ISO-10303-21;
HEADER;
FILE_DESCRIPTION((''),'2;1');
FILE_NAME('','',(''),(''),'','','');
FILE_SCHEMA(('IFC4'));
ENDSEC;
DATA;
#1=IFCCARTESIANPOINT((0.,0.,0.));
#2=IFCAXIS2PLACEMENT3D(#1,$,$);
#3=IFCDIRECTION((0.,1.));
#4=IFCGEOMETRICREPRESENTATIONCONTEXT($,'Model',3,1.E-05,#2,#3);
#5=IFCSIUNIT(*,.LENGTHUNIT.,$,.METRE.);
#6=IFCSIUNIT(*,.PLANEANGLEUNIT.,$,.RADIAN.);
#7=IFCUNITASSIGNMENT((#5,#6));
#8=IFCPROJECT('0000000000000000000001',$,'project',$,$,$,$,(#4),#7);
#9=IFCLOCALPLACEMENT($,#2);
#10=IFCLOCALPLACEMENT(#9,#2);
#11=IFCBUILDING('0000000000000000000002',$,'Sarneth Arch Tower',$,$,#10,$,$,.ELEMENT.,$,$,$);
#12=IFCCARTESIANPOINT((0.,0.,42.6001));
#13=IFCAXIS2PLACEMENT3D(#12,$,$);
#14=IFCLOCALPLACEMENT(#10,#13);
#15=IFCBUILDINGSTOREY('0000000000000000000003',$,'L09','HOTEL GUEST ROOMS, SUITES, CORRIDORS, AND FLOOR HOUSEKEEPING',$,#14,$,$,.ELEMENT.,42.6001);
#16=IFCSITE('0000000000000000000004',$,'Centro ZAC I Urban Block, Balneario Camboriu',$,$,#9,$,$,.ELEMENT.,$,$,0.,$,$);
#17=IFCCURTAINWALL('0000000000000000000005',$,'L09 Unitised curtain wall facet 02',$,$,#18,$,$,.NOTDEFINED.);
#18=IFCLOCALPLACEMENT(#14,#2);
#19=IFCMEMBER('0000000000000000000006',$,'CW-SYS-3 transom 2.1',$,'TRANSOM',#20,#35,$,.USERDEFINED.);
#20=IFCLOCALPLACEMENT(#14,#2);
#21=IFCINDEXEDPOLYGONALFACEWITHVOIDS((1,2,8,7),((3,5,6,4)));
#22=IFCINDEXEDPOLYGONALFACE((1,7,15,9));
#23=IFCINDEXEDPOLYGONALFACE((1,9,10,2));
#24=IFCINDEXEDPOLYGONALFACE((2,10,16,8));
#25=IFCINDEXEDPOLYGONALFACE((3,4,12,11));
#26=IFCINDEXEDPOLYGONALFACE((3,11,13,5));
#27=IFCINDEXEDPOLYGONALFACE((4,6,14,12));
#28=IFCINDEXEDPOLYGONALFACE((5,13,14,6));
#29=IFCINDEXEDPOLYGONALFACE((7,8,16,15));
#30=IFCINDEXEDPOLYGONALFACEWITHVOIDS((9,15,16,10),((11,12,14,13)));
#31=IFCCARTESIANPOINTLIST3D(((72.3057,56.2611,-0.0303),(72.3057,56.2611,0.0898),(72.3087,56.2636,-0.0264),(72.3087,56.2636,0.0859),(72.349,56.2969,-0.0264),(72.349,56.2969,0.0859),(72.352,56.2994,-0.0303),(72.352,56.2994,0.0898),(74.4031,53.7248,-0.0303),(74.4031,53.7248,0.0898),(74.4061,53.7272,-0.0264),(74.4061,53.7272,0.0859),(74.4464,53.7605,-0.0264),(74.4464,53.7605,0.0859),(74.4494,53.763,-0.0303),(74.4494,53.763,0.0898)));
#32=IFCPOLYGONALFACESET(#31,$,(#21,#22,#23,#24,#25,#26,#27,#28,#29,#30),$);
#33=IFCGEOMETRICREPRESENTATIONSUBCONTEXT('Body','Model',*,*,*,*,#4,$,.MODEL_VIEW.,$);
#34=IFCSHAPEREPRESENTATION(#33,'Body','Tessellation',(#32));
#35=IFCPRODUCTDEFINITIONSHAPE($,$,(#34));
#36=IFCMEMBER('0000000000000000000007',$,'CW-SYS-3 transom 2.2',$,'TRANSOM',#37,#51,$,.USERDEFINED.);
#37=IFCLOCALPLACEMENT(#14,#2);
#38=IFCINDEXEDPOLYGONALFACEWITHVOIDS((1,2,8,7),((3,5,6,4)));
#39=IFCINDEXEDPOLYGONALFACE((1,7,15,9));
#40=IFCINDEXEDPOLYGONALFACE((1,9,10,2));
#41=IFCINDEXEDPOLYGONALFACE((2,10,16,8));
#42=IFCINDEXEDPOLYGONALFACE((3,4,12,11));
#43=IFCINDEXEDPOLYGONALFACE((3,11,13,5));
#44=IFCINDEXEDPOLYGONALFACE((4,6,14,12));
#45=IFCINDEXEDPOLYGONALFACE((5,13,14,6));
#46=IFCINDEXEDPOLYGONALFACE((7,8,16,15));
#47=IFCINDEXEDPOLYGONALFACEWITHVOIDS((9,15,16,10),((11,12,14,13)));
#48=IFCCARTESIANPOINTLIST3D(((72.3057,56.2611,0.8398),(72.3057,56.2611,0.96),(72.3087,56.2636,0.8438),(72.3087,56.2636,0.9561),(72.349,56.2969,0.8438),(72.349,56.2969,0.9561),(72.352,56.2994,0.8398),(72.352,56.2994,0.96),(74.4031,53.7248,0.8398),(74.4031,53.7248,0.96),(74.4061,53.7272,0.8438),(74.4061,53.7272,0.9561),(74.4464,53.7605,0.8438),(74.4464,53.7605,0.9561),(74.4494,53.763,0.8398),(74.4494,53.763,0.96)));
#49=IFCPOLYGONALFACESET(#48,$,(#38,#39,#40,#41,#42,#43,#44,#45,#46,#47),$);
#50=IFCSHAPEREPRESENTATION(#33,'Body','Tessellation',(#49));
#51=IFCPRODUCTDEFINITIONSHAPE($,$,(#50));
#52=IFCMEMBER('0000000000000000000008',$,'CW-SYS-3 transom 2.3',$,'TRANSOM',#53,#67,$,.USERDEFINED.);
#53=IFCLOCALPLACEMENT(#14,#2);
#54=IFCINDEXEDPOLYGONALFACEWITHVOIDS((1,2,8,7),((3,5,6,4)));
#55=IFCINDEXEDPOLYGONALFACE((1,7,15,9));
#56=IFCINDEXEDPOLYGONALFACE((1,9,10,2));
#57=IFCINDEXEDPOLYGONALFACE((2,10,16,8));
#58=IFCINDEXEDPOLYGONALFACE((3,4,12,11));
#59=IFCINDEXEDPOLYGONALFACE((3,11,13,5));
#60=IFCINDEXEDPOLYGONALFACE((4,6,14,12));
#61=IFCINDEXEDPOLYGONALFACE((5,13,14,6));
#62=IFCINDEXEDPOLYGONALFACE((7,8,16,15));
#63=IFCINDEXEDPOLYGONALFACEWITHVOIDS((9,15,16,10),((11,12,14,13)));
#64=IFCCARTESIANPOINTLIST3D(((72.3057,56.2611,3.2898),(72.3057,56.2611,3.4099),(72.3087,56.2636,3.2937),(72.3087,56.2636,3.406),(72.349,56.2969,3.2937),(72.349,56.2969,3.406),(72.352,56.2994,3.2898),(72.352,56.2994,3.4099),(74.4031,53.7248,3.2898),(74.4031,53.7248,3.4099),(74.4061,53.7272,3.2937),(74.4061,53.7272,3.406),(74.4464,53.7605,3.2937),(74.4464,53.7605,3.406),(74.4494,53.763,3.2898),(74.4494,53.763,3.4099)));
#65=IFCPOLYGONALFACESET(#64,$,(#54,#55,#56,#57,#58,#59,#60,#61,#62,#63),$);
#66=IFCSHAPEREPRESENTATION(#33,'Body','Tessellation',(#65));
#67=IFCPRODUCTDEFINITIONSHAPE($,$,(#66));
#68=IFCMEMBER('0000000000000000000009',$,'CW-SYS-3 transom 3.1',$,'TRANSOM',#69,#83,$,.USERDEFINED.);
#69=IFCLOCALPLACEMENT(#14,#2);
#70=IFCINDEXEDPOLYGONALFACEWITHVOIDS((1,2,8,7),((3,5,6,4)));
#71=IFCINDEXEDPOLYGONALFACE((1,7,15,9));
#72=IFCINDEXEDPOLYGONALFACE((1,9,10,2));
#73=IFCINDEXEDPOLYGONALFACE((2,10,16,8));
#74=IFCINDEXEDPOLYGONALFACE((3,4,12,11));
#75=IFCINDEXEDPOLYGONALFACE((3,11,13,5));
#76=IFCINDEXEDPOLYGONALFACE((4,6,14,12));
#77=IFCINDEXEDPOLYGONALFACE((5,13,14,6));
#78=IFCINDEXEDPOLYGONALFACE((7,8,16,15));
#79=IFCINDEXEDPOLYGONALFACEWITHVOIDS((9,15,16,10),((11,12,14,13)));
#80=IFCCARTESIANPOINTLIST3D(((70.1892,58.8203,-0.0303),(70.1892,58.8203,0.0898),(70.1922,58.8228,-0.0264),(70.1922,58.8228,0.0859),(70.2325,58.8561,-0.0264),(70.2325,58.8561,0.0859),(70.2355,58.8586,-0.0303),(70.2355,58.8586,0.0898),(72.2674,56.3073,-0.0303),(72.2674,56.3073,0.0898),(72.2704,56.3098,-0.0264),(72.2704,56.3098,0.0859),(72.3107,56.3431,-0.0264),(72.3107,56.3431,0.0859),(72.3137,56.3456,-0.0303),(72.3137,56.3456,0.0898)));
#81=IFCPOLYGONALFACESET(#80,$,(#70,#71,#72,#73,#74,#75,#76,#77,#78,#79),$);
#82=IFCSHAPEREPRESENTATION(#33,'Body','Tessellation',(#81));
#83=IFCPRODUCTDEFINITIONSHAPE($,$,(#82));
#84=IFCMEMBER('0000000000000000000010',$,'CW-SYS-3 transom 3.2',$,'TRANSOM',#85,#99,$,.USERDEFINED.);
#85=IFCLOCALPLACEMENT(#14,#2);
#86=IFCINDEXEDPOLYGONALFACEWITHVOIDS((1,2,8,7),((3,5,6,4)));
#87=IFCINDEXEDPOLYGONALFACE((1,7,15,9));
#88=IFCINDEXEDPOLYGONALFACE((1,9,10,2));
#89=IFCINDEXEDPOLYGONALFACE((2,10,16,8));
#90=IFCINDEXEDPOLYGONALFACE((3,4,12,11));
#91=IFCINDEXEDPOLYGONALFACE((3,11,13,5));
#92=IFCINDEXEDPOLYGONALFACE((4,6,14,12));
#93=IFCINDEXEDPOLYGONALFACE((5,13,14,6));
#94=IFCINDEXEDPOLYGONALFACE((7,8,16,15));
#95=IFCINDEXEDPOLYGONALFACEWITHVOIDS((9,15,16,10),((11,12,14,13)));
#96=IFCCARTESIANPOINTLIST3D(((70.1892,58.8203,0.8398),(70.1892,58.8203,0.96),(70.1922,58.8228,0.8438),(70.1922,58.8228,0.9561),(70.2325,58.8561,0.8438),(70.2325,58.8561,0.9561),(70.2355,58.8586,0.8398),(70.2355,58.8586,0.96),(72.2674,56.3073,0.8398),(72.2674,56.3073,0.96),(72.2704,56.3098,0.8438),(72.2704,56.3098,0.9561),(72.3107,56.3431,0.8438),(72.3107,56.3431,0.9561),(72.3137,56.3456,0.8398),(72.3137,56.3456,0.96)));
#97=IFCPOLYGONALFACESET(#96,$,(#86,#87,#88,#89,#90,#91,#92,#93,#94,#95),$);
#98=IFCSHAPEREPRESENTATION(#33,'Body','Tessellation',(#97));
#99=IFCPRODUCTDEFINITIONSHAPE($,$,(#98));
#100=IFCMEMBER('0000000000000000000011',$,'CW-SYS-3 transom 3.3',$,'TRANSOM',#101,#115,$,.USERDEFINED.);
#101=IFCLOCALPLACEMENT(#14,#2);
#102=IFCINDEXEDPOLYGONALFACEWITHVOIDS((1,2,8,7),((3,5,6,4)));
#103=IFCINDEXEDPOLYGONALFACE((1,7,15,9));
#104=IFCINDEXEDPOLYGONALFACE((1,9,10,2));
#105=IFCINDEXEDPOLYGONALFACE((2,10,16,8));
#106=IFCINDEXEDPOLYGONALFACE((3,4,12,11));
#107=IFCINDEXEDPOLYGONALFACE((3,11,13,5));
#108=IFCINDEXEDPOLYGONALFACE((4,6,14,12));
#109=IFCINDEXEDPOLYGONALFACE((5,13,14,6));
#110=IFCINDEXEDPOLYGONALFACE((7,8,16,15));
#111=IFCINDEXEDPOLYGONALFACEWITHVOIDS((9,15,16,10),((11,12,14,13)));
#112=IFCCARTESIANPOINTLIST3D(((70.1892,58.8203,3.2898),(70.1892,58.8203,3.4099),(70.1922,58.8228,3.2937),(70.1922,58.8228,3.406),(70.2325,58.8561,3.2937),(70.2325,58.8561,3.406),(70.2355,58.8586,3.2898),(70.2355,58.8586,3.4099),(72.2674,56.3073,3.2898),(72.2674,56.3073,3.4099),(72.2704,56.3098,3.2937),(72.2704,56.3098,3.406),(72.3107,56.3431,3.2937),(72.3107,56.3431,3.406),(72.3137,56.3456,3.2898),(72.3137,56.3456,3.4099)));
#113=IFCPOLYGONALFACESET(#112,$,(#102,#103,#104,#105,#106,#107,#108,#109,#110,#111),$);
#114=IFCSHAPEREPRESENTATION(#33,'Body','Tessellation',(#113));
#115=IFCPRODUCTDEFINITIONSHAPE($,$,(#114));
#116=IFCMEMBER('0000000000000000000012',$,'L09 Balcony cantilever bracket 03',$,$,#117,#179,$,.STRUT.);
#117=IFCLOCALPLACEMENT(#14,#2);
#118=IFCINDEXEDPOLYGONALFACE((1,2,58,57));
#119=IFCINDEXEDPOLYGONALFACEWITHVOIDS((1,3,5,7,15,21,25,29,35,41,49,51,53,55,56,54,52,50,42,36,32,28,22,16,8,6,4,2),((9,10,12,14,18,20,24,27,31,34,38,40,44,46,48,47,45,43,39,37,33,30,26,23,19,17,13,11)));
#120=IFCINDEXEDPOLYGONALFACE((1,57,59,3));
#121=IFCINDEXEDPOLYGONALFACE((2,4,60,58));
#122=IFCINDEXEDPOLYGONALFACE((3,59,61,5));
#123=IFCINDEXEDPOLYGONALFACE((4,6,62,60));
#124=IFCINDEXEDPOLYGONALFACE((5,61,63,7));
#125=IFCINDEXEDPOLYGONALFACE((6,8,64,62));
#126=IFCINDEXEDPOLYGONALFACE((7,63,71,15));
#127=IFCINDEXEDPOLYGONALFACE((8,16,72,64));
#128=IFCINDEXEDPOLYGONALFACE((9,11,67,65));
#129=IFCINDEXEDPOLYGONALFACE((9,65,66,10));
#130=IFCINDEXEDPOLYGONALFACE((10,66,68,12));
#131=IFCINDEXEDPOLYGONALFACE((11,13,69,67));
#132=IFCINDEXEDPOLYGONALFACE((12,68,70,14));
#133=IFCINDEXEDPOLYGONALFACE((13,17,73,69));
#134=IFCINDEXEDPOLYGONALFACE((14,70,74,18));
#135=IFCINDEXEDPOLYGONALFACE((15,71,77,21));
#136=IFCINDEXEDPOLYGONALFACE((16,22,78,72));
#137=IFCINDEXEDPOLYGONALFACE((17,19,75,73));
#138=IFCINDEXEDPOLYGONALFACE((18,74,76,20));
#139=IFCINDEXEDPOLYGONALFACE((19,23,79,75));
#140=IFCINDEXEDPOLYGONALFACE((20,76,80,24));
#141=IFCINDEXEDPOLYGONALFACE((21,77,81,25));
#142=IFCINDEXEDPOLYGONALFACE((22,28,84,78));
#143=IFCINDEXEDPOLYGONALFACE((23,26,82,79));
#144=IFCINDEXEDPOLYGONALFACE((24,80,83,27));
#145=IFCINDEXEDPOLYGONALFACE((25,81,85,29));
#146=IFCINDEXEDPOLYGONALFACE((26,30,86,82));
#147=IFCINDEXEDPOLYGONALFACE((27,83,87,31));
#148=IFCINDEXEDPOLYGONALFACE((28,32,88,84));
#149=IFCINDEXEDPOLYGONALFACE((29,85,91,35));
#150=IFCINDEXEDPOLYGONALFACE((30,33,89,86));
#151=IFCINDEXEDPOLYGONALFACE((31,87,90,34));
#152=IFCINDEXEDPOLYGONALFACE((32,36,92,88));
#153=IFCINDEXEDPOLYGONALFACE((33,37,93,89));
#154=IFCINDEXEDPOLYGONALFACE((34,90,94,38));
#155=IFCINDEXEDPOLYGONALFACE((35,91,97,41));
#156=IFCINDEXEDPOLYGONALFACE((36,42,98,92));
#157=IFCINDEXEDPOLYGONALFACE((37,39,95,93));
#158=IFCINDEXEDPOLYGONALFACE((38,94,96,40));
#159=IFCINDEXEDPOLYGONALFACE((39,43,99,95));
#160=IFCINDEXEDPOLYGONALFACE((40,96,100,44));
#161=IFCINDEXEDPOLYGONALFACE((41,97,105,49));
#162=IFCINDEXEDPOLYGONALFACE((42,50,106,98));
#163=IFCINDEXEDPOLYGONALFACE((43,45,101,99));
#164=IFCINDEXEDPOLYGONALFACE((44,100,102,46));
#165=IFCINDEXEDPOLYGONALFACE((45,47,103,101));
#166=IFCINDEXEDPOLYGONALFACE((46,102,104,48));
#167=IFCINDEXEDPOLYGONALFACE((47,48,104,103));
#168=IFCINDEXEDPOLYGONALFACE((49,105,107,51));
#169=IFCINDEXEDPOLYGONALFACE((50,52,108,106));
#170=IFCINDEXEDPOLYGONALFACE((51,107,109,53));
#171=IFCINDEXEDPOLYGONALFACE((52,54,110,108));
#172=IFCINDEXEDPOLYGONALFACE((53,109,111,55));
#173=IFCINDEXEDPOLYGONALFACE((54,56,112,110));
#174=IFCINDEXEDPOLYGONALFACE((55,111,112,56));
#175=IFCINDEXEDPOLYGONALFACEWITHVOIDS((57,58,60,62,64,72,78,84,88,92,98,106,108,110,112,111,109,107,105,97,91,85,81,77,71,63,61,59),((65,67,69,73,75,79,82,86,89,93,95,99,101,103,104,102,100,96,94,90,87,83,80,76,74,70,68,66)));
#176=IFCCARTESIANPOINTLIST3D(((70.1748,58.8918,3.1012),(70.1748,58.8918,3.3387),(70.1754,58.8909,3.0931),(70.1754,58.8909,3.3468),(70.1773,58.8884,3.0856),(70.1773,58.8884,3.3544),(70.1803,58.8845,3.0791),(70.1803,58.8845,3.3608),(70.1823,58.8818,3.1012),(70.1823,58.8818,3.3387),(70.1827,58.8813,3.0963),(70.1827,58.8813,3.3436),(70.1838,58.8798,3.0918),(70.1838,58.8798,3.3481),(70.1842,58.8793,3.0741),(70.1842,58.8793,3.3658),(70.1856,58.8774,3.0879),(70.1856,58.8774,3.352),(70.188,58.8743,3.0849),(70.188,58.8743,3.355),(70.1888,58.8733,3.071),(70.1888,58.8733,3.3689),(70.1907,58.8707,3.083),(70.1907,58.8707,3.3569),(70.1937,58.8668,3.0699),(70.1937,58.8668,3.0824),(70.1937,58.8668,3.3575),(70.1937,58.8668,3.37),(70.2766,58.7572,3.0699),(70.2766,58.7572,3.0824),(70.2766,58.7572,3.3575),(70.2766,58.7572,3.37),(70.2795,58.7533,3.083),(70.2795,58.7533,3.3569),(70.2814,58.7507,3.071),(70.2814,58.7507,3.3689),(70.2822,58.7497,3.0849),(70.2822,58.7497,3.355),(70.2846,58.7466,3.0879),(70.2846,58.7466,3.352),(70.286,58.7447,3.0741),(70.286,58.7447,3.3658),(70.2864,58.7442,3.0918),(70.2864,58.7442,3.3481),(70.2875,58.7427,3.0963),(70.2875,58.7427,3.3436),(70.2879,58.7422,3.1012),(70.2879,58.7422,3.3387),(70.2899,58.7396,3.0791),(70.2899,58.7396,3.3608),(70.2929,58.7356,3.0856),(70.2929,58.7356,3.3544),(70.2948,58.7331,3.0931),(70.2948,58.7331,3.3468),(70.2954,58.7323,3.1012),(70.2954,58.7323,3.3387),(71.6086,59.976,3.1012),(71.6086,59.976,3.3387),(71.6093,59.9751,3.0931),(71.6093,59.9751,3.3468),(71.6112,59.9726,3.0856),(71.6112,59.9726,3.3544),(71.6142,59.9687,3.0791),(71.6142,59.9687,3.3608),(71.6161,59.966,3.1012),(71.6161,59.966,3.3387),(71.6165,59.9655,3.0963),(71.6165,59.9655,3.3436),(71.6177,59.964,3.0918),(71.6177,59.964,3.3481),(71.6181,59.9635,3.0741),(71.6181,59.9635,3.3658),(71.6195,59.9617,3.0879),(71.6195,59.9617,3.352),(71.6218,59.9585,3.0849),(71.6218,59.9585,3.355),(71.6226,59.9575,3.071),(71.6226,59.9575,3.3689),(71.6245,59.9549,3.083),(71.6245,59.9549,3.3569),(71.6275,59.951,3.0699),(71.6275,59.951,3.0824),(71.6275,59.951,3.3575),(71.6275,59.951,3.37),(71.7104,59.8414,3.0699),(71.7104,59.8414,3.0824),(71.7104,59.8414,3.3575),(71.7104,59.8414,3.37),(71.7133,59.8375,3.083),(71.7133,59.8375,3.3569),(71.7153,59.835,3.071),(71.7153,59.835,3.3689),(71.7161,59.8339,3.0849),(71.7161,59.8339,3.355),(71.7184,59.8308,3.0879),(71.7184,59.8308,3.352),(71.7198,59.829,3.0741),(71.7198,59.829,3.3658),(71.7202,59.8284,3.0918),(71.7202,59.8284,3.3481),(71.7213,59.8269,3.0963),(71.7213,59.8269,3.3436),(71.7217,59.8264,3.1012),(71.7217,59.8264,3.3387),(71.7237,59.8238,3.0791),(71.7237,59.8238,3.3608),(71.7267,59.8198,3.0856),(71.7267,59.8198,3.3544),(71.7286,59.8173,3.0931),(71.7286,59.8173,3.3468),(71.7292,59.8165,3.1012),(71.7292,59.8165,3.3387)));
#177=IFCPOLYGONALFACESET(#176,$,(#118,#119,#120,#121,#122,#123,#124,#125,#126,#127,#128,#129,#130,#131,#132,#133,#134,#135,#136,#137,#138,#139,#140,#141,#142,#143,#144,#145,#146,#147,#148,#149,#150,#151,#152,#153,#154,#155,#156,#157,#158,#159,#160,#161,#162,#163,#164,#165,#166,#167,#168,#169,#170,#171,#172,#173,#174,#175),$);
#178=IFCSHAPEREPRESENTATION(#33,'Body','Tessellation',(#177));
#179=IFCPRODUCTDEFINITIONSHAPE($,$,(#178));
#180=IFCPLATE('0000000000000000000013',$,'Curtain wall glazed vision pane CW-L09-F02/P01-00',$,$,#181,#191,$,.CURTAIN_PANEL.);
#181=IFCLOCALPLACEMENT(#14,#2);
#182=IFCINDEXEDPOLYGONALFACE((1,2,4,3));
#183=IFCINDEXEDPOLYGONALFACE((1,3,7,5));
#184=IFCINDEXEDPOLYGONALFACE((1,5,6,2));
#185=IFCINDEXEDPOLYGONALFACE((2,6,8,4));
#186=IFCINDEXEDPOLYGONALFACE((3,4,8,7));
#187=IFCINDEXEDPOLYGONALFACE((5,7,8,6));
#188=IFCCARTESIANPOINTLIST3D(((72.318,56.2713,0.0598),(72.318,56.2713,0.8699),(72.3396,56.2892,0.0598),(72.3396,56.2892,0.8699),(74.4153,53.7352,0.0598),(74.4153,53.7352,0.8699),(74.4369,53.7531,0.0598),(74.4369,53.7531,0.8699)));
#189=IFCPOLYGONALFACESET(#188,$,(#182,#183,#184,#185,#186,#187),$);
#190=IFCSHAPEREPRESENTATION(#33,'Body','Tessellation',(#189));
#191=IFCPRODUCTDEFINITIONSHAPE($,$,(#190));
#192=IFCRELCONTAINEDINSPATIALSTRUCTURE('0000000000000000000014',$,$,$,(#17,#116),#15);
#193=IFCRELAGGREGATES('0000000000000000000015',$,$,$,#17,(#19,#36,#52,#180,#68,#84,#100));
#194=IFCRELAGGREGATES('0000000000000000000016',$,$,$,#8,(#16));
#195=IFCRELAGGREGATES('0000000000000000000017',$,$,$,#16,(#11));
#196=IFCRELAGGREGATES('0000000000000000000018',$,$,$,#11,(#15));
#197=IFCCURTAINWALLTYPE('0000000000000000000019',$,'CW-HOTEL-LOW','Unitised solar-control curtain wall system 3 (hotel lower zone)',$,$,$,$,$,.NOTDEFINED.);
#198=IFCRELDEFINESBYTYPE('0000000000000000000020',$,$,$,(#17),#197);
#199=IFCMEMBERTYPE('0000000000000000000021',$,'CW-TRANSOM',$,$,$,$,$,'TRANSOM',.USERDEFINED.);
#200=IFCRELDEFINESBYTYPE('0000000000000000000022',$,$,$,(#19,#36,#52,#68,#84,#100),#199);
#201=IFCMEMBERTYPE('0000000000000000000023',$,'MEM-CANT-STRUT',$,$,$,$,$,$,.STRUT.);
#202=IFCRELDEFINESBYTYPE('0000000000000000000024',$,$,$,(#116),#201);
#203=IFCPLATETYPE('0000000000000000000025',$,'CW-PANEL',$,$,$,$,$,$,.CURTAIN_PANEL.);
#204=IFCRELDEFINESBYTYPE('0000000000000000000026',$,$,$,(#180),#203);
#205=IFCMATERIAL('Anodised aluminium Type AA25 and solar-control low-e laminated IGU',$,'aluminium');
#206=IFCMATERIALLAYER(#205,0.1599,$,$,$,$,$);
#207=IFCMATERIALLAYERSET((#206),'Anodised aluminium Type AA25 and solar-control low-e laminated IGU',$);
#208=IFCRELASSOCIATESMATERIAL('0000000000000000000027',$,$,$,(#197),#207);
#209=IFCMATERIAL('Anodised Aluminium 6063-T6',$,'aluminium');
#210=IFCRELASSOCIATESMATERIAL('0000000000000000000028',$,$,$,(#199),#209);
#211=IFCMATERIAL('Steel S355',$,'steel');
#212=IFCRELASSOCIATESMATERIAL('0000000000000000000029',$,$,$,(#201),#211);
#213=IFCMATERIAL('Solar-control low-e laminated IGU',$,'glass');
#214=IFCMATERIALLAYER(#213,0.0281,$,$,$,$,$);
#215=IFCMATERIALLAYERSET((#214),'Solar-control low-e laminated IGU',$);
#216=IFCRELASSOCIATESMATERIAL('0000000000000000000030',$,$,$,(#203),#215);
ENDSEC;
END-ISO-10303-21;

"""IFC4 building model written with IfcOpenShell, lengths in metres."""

from ifc_helpers import new_model, si_unit, direction, frame, origin, origin_2d, place, context, subcontext, project, spatial, rectangle, hollow_rectangle, extrude, material, layer, layer_set, material_profile, profile_set, type_object, element, aggregate, save


model = new_model("IFC4")

# Units and contexts
model_context = context("Model", 3, precision=1e-05, world=origin(), true_north=direction((0.0, 1.0)))
body_context = subcontext(model_context, "Body", "Model", "MODEL_VIEW")
ifc_project = project(units=[si_unit("LENGTHUNIT", "METRE"), si_unit("PLANEANGLEUNIT", "RADIAN")], contexts=[model_context])

# Site, building, storey
site_placement = place(None, origin())
site = spatial("IfcSite", under=ifc_project, at=site_placement, Name="Centro ZAC I Urban Block, Balneario Camboriu", CompositionType="ELEMENT", RefElevation=0.0)
building_placement = place(site_placement, origin())
building = spatial("IfcBuilding", under=site, at=building_placement, Name="Sarneth Arch Tower", CompositionType="ELEMENT")
storey_placement = place(building_placement, frame((0.0, 0.0, 42.6001)))
storey = spatial("IfcBuildingStorey", under=building, at=storey_placement, Name="L09", Description="HOTEL GUEST ROOMS, SUITES, CORRIDORS, AND FLOOR HOUSEKEEPING", CompositionType="ELEMENT", Elevation=42.6001)

# Curtain wall, members
ifc_material_1 = material(Name="Anodised aluminium Type AA25 and solar-control low-e laminated IGU", Category="aluminium")
ifc_layer_1 = layer(ifc_material_1, 0.1599)
ifc_layer_set_1 = layer_set([ifc_layer_1], Name="Anodised aluminium Type AA25 and solar-control low-e laminated IGU")
curtain_wall_type = type_object("IfcCurtainWallType", Name="CW-HOTEL-LOW", Description="Unitised solar-control curtain wall system 3 (hotel lower zone)", PredefinedType="NOTDEFINED", material=ifc_layer_set_1)
curtain_wall_placement = place(storey_placement, origin())
curtain_wall = element("IfcCurtainWall", 1, at=curtain_wall_placement, inside=storey, type_object=curtain_wall_type, Name="L09 Unitised curtain wall facet 02", PredefinedType="NOTDEFINED")
ifc_material_2 = material(Name="Anodised Aluminium 6063-T6", Category="aluminium")
ifc_material_profile_1 = material_profile(ifc_material_2, hollow_rectangle(XDim=0.0601, YDim=0.1201, WallThickness=0.0039, at=origin_2d()), Name="AL-TRAN-120x60x4")
ifc_profile_set_1 = profile_set([ifc_material_profile_1], Name="Anodised Aluminium 6063-T6")
member_type_1 = type_object("IfcMemberType", Name="CW-TRANSOM", ElementType="TRANSOM", PredefinedType="USERDEFINED", material=ifc_profile_set_1)
member_1_placement = place(storey_placement, frame((74.4263, 53.7439, 0.0298), z_axis=(-0.637269, 0.770642, 0.0), x_axis=(-0.770642, -0.637269, 0.0)))
member_1 = element("IfcMember", 2, at=member_1_placement, type_object=member_type_1, Name="CW-SYS-3 transom 2.1", ObjectType="TRANSOM", PredefinedType="USERDEFINED", context=body_context, shape_type="SweptSolid", body=[
    extrude(hollow_rectangle(XDim=0.0601, YDim=0.1201, WallThickness=0.0039, at=origin_2d()), origin(), (0.0, 0.0, 1.0), 3.2913),
])
member_2_placement = place(storey_placement, frame((74.4263, 53.7439, 0.8999), z_axis=(-0.637269, 0.770642, 0.0), x_axis=(-0.770642, -0.637269, 0.0)))
member_2 = element("IfcMember", 3, at=member_2_placement, type_object=member_type_1, Name="CW-SYS-3 transom 2.2", ObjectType="TRANSOM", PredefinedType="USERDEFINED", context=body_context, shape_type="SweptSolid", body=[
    extrude(hollow_rectangle(XDim=0.0601, YDim=0.1201, WallThickness=0.0039, at=origin_2d()), origin(), (0.0, 0.0, 1.0), 3.2913),
])
member_3_placement = place(storey_placement, frame((74.4263, 53.7439, 3.3499), z_axis=(-0.637269, 0.770642, 0.0), x_axis=(-0.770642, -0.637269, 0.0)))
member_3 = element("IfcMember", 4, at=member_3_placement, type_object=member_type_1, Name="CW-SYS-3 transom 2.3", ObjectType="TRANSOM", PredefinedType="USERDEFINED", context=body_context, shape_type="SweptSolid", body=[
    extrude(hollow_rectangle(XDim=0.0601, YDim=0.1201, WallThickness=0.0039, at=origin_2d()), origin(), (0.0, 0.0, 1.0), 3.2913),
])
member_4_placement = place(storey_placement, frame((72.2905, 56.3264, 0.0298), z_axis=(-0.637286, 0.770628, 0.0), x_axis=(-0.770628, -0.637286, 0.0)))
member_4 = element("IfcMember", 5, at=member_4_placement, type_object=member_type_1, Name="CW-SYS-3 transom 3.1", ObjectType="TRANSOM", PredefinedType="USERDEFINED", context=body_context, shape_type="SweptSolid", body=[
    extrude(hollow_rectangle(XDim=0.0601, YDim=0.1201, WallThickness=0.0039, at=origin_2d()), origin(), (0.0, 0.0, 1.0), 3.261),
])
member_5_placement = place(storey_placement, frame((72.2905, 56.3264, 0.8999), z_axis=(-0.637286, 0.770628, 0.0), x_axis=(-0.770628, -0.637286, 0.0)))
member_5 = element("IfcMember", 6, at=member_5_placement, type_object=member_type_1, Name="CW-SYS-3 transom 3.2", ObjectType="TRANSOM", PredefinedType="USERDEFINED", context=body_context, shape_type="SweptSolid", body=[
    extrude(hollow_rectangle(XDim=0.0601, YDim=0.1201, WallThickness=0.0039, at=origin_2d()), origin(), (0.0, 0.0, 1.0), 3.261),
])
member_6_placement = place(storey_placement, frame((72.2905, 56.3264, 3.3499), z_axis=(-0.637286, 0.770628, 0.0), x_axis=(-0.770628, -0.637286, 0.0)))
member_6 = element("IfcMember", 7, at=member_6_placement, type_object=member_type_1, Name="CW-SYS-3 transom 3.3", ObjectType="TRANSOM", PredefinedType="USERDEFINED", context=body_context, shape_type="SweptSolid", body=[
    extrude(hollow_rectangle(XDim=0.0601, YDim=0.1201, WallThickness=0.0039, at=origin_2d()), origin(), (0.0, 0.0, 1.0), 3.261),
])

# Member
ifc_material_3 = material(Name="Steel S355", Category="steel")
ifc_material_profile_2 = material_profile(ifc_material_3, hollow_rectangle(XDim=0.2, YDim=0.3, WallThickness=0.0125, InnerFilletRadius=0.0188, OuterFilletRadius=0.0312, at=origin_2d()), Name="RHS300x200x12.5")
ifc_profile_set_2 = profile_set([ifc_material_profile_2], Name="Steel S355")
member_type_2 = type_object("IfcMemberType", Name="MEM-CANT-STRUT", PredefinedType="STRUT", material=ifc_profile_set_2)
member_7_placement = place(storey_placement, frame((70.2351, 58.812, 3.22), z_axis=(0.797631, 0.603146, 0.0), x_axis=(-0.603146, 0.797631, 0.0)))
element("IfcMember", 8, at=member_7_placement, inside=storey, type_object=member_type_2, Name="L09 Balcony cantilever bracket 03", PredefinedType="STRUT", context=body_context, shape_type="SweptSolid", body=[
    extrude(hollow_rectangle(XDim=0.2, YDim=0.3, WallThickness=0.0125, InnerFilletRadius=0.0188, OuterFilletRadius=0.0312, at=origin_2d()), origin(), (0.0, 0.0, 1.0), 1.7976),
])

# Plate
ifc_material_4 = material(Name="Solar-control low-e laminated IGU", Category="glass")
ifc_layer_2 = layer(ifc_material_4, 0.0281)
ifc_layer_set_2 = layer_set([ifc_layer_2], Name="Solar-control low-e laminated IGU")
plate_type_1 = type_object("IfcPlateType", Name="CW-PANEL", PredefinedType="CURTAIN_PANEL", material=ifc_layer_set_2)
plate_1_placement = place(storey_placement, frame((73.3774, 55.0122, 0.0598), z_axis=(0.0, 0.0, 1.0), x_axis=(-0.637291, 0.770623, 0.0)))
plate_1 = element("IfcPlate", 9, at=plate_1_placement, type_object=plate_type_1, Name="Curtain wall glazed vision pane CW-L09-F02/P01-00", PredefinedType="CURTAIN_PANEL", context=body_context, shape_type="SweptSolid", body=[
    extrude(rectangle(XDim=3.291, YDim=0.0281, at=origin_2d()), origin(), (0.0, 0.0, 1.0), 0.8101),
])
aggregate(curtain_wall, [member_1, member_2, member_3, plate_1, member_4, member_5, member_6])

save(model, "model.ifc")
